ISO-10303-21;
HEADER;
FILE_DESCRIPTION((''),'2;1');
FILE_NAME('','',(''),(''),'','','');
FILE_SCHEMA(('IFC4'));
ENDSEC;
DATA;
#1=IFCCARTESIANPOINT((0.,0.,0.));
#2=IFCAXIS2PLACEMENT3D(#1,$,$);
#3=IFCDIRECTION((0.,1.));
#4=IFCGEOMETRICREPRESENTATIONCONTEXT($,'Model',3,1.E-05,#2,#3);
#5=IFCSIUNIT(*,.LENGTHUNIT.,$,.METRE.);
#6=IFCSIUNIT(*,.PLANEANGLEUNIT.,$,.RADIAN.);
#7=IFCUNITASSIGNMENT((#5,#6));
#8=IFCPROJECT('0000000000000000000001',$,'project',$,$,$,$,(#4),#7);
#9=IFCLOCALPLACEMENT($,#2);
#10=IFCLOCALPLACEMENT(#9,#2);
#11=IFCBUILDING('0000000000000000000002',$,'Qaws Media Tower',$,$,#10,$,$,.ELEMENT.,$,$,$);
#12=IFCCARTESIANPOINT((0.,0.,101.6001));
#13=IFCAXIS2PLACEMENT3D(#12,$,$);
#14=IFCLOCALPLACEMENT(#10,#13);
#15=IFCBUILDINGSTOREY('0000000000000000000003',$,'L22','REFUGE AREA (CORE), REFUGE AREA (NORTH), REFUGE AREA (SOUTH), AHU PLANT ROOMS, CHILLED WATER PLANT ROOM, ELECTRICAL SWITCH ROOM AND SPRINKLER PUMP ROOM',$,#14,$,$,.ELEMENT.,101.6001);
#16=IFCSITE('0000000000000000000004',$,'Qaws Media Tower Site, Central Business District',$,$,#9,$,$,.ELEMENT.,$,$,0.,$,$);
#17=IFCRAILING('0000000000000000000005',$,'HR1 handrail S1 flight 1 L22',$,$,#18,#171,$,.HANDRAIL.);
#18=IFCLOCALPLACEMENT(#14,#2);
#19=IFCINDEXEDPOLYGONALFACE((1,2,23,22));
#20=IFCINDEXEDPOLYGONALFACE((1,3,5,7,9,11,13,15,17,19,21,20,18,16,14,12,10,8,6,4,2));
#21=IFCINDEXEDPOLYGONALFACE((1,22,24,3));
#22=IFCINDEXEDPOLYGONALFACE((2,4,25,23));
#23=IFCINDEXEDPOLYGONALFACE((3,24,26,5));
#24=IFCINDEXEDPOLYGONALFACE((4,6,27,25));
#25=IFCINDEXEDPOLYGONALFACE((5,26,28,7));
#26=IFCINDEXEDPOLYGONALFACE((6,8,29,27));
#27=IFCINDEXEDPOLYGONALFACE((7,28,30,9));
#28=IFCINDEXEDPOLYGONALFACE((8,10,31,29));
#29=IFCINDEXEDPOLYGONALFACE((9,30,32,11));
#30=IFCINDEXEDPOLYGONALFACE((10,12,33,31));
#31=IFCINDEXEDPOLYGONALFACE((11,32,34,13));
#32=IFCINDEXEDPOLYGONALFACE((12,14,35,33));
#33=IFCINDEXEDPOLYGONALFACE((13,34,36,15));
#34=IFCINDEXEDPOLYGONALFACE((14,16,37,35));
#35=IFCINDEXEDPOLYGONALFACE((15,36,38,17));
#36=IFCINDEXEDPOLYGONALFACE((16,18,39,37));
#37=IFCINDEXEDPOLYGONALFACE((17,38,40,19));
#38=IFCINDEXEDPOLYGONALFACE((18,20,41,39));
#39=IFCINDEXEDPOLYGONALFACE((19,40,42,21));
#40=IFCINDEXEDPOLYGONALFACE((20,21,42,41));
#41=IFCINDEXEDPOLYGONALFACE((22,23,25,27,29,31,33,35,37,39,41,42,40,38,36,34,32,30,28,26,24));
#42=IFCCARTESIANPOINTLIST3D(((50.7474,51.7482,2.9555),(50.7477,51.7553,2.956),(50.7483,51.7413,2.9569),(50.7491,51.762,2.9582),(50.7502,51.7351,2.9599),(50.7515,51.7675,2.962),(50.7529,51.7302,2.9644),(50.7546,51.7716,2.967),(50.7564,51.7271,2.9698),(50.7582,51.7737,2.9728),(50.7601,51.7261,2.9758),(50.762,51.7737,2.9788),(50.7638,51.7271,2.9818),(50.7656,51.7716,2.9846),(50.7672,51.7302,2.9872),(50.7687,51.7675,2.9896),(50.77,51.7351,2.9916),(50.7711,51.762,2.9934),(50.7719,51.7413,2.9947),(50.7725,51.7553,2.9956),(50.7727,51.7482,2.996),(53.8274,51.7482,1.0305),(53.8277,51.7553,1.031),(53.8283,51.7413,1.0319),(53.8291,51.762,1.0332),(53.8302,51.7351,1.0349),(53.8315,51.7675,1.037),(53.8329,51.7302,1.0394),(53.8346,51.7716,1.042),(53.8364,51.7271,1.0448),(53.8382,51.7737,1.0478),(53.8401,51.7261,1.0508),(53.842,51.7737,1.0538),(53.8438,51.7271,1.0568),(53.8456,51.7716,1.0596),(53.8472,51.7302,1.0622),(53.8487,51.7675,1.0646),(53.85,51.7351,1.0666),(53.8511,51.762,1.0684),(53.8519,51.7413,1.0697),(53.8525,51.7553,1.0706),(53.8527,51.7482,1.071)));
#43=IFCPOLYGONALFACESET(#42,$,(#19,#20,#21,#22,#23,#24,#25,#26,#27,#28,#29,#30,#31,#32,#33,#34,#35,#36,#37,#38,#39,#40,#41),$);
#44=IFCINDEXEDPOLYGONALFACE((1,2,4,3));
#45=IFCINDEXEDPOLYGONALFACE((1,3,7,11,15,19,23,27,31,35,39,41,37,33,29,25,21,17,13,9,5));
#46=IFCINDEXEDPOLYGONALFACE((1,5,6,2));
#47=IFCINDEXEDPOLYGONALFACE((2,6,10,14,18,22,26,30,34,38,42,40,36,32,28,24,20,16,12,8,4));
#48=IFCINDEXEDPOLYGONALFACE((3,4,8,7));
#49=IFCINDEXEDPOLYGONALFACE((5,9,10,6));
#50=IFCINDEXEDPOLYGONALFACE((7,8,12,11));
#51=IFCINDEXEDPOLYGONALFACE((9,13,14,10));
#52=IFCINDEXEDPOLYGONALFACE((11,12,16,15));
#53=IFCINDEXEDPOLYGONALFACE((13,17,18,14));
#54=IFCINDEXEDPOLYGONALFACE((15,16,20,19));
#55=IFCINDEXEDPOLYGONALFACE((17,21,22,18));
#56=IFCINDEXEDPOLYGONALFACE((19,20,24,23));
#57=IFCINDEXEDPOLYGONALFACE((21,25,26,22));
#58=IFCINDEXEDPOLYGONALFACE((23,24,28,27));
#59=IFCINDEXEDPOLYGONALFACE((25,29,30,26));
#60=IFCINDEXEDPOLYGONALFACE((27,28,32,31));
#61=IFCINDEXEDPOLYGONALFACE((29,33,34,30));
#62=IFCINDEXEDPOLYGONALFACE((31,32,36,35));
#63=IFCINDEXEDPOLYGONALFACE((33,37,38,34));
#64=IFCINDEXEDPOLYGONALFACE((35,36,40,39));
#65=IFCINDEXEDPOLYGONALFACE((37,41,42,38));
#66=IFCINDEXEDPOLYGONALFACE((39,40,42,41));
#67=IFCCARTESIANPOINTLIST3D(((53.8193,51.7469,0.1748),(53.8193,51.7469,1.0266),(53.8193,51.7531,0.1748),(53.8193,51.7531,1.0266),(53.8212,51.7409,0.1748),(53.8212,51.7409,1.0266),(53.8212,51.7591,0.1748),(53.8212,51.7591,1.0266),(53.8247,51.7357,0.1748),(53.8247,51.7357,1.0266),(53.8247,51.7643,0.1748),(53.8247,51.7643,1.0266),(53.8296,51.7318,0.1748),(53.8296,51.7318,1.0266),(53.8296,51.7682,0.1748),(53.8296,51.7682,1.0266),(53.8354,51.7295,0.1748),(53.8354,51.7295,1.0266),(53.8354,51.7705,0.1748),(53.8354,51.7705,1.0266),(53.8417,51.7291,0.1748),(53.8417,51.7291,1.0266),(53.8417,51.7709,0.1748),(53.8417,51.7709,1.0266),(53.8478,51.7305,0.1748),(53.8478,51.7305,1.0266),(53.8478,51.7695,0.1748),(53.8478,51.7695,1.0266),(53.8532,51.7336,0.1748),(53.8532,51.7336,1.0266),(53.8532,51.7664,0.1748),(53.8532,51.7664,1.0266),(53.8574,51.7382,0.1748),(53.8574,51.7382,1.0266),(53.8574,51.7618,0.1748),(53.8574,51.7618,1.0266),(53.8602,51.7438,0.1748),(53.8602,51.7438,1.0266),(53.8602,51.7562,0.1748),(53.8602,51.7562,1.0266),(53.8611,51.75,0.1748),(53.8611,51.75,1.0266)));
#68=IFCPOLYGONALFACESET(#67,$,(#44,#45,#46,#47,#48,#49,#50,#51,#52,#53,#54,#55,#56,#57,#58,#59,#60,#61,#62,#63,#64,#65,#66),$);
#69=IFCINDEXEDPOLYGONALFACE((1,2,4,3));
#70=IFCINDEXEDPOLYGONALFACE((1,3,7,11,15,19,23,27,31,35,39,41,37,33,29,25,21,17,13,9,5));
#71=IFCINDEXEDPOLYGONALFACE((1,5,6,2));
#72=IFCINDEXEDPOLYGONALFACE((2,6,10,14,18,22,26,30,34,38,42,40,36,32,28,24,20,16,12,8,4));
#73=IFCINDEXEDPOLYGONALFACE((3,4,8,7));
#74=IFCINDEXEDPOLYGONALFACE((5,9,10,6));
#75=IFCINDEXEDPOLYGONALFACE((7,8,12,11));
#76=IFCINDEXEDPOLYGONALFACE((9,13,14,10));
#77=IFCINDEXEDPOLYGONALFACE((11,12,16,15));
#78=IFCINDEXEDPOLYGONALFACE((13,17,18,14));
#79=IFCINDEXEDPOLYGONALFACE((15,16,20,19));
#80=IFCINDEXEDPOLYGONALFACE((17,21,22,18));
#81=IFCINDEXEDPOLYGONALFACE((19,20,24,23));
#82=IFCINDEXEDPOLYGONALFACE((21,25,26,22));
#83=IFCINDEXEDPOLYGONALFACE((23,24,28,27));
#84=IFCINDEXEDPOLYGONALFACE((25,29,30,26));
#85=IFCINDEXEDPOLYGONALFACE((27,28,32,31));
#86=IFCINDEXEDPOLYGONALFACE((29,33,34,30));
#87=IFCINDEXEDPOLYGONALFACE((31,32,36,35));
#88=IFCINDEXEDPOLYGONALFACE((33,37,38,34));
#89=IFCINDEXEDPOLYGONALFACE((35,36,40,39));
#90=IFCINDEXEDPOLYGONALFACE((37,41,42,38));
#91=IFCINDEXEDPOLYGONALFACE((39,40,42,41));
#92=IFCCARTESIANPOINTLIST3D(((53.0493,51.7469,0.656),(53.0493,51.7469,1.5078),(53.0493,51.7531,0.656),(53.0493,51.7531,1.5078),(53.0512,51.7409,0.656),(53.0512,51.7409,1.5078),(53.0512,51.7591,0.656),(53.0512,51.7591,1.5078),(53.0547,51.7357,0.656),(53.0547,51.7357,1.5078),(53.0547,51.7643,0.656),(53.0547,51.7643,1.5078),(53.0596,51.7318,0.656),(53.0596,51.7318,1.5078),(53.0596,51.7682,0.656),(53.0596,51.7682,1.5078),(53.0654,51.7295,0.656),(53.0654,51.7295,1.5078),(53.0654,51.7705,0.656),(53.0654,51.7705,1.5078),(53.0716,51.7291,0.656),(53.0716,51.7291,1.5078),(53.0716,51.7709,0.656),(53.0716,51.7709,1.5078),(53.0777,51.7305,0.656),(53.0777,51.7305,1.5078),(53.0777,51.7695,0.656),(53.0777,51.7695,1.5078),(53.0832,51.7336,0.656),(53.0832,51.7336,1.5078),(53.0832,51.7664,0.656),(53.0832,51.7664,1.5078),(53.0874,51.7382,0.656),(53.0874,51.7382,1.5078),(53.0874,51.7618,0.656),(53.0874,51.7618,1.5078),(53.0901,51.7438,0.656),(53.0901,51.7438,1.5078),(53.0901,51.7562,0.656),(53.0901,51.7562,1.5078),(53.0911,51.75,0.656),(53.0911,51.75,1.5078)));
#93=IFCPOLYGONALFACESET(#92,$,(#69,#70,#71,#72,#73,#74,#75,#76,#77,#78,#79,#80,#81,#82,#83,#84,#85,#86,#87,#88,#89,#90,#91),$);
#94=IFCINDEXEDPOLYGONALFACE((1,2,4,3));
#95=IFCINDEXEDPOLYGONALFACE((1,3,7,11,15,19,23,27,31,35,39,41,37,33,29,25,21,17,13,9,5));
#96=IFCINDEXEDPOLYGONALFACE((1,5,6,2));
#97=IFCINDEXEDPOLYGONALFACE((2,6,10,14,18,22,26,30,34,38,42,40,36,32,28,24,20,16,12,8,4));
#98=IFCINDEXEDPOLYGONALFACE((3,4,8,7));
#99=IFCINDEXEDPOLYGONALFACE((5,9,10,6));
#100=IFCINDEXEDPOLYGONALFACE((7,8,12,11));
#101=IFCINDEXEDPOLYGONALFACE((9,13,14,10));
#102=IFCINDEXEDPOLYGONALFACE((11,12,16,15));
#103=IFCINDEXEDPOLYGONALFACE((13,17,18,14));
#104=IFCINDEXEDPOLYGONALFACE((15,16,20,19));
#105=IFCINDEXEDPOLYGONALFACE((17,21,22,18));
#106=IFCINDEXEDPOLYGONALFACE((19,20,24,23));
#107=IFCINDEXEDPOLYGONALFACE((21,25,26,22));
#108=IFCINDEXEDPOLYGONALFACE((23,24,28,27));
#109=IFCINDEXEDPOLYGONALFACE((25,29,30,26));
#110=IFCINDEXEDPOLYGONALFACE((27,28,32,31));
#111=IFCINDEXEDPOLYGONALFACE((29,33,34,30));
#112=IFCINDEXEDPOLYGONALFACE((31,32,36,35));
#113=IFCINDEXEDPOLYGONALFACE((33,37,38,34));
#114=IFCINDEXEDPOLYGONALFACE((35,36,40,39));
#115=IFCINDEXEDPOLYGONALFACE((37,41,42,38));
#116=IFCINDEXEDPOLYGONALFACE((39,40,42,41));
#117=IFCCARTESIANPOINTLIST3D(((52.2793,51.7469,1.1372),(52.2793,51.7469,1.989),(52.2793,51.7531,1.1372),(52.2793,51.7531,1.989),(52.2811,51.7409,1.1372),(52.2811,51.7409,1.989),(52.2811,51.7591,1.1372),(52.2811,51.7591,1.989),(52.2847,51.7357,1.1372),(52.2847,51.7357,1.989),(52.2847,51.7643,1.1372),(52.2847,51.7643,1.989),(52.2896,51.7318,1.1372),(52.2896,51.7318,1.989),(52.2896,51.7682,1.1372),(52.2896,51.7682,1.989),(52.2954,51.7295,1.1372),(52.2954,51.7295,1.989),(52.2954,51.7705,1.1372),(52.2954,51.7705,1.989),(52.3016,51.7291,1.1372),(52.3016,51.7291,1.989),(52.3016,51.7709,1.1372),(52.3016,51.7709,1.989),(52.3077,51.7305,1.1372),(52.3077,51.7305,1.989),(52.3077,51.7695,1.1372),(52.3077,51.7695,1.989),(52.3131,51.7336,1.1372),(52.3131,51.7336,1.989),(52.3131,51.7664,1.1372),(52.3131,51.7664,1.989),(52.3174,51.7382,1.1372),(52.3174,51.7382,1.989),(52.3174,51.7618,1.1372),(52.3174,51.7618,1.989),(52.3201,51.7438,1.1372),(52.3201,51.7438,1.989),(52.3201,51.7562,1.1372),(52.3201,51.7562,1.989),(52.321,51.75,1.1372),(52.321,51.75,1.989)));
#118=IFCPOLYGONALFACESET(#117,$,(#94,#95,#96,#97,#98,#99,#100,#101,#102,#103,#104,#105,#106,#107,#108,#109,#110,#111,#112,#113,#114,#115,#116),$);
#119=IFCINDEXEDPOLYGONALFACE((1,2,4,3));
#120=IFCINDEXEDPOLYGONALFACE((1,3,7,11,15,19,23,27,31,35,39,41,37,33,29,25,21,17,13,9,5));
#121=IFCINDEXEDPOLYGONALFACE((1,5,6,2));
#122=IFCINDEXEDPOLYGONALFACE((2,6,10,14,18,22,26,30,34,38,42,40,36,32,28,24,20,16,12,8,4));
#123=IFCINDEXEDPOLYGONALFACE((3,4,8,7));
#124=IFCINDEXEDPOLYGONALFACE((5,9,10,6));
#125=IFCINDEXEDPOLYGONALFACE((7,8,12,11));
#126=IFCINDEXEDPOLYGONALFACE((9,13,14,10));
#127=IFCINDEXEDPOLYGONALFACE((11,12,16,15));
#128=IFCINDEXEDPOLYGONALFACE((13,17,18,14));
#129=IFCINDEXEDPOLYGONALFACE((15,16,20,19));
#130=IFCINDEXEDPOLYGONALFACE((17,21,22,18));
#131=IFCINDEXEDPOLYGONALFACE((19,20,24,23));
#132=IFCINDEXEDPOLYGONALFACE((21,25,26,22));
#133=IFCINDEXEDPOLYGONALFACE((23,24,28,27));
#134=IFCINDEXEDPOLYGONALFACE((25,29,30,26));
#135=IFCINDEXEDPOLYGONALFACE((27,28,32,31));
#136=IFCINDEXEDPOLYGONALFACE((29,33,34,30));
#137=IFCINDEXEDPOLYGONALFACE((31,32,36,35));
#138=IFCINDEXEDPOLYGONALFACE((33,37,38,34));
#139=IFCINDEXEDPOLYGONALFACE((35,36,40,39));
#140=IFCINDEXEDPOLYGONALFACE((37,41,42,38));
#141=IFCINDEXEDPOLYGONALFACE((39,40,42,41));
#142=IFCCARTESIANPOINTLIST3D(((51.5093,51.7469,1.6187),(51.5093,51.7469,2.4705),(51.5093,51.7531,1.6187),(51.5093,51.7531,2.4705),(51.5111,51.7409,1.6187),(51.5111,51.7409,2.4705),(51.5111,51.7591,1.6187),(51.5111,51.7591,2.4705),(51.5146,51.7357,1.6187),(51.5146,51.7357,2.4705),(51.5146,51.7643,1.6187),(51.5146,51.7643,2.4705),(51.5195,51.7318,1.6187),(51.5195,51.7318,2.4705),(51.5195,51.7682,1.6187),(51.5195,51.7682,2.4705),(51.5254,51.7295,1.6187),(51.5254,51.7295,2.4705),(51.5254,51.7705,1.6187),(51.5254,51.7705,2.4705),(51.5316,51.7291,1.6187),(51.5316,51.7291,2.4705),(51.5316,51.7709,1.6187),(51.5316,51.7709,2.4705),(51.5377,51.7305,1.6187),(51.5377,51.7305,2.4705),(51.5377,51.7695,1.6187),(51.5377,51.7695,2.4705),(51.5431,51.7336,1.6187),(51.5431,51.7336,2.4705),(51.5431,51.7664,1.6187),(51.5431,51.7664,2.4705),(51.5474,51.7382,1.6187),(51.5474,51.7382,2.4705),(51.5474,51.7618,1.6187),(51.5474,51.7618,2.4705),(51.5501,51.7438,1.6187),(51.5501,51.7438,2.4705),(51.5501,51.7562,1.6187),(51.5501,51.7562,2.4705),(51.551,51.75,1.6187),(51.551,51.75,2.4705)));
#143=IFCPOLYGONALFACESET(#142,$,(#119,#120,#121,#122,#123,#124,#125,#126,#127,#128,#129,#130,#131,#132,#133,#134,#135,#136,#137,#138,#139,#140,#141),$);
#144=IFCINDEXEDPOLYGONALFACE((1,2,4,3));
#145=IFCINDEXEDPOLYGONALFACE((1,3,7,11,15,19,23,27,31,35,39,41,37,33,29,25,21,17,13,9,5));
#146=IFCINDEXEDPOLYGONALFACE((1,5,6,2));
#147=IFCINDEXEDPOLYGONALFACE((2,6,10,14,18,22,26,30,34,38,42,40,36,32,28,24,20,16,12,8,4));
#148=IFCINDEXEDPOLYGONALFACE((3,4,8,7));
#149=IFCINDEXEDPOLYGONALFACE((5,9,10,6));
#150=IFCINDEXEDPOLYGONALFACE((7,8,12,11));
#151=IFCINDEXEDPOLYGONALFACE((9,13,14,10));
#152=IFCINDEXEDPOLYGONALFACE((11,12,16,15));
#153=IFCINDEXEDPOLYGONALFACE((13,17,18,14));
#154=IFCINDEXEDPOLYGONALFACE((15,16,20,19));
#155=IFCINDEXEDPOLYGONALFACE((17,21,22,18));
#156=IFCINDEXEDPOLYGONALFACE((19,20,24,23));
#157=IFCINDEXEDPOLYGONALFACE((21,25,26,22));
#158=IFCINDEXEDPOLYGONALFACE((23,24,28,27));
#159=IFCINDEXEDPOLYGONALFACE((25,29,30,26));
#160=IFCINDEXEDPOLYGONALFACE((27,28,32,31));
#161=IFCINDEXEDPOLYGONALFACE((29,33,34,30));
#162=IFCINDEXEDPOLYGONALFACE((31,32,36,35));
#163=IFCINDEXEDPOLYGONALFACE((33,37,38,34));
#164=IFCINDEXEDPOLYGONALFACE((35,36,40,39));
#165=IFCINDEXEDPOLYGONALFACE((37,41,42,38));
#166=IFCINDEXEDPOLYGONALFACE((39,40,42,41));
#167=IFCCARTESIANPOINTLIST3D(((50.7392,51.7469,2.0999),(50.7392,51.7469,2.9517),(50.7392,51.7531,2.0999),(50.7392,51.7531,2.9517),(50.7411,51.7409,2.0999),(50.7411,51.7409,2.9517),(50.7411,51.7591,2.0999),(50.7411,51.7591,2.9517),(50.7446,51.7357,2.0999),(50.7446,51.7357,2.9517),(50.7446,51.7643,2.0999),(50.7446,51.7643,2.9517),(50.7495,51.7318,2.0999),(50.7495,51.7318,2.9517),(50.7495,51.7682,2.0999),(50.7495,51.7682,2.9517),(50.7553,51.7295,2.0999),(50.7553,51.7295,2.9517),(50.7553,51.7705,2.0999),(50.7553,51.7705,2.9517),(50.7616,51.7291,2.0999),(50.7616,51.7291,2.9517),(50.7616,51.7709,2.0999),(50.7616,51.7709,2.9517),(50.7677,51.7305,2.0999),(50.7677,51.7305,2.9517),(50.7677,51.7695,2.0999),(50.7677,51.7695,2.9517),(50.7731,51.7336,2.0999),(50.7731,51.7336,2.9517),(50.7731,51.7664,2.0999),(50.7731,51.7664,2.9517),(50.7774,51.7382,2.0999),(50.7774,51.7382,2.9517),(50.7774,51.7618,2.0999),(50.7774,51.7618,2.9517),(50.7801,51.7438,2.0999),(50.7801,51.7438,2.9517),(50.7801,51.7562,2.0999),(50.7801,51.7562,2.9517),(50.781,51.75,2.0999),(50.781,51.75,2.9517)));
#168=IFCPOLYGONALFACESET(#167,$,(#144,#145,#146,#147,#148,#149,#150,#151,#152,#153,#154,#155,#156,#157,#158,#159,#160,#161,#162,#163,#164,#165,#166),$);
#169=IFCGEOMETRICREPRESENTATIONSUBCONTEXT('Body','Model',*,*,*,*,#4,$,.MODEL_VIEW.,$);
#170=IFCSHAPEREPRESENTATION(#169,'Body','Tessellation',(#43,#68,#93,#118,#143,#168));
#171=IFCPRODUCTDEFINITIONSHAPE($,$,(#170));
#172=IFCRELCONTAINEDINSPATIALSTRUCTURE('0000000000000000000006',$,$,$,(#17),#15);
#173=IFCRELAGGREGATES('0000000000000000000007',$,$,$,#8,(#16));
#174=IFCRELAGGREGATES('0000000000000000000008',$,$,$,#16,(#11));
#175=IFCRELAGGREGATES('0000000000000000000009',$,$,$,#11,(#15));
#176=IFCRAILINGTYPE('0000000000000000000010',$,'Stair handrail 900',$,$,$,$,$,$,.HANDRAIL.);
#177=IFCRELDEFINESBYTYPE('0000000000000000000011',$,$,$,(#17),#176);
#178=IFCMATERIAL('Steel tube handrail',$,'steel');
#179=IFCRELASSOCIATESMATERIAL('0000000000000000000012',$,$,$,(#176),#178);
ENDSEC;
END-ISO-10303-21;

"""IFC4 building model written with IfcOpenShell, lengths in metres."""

from ifc_helpers import new_model, si_unit, direction, frame, origin, origin_2d, place, context, subcontext, project, spatial, circle, extrude, material, type_object, element, save


model = new_model("IFC4")

# Units and contexts
model_context = context("Model", 3, precision=1e-05, world=origin(), true_north=direction((0.0, 1.0)))
body_context = subcontext(model_context, "Body", "Model", "MODEL_VIEW")
ifc_project = project(units=[si_unit("LENGTHUNIT", "METRE"), si_unit("PLANEANGLEUNIT", "RADIAN")], contexts=[model_context])

# Site, building, storey
site_placement = place(None, origin())
site = spatial("IfcSite", under=ifc_project, at=site_placement, Name="Qaws Media Tower Site, Central Business District", CompositionType="ELEMENT", RefElevation=0.0)
building_placement = place(site_placement, origin())
building = spatial("IfcBuilding", under=site, at=building_placement, Name="Qaws Media Tower", CompositionType="ELEMENT")
storey_placement = place(building_placement, frame((0.0, 0.0, 101.6001)))
storey = spatial("IfcBuildingStorey", under=building, at=storey_placement, Name="L22", Description="REFUGE AREA (CORE), REFUGE AREA (NORTH), REFUGE AREA (SOUTH), AHU PLANT ROOMS, CHILLED WATER PLANT ROOM, ELECTRICAL SWITCH ROOM AND SPRINKLER PUMP ROOM", CompositionType="ELEMENT", Elevation=101.6001)

# Railing
ifc_material_1 = material(Name="Steel tube handrail", Category="steel")
railing_type = type_object("IfcRailingType", Name="Stair handrail 900", PredefinedType="HANDRAIL", material=ifc_material_1)
for number, where, name in (
    (1, (53.8401, 51.75, 0.1748), "HR1 handrail S1 flight 1 L22"),
):
    element("IfcRailing", number, at=place(storey_placement, frame(where)), inside=storey, type_object=railing_type, Name=name, PredefinedType="HANDRAIL", context=body_context, shape_type="SweptSolid", body=[
        extrude(circle(Radius=0.0239, at=origin_2d()), frame((0.0, 0.0, 0.876), z_axis=(-0.847998, 0.0, 0.529999), x_axis=(0.0, -1.0, 0.0)), (0.0, 0.0, 1.0), 3.6321),
        extrude(circle(Radius=0.021, at=origin_2d()), origin(), (0.0, 0.0, 1.0), 0.8518),
        extrude(circle(Radius=0.021, at=origin_2d()), frame((-0.77, 0.0, 0.4812)), (0.0, 0.0, 1.0), 0.8518),
        extrude(circle(Radius=0.021, at=origin_2d()), frame((-1.54, 0.0, 0.9624)), (0.0, 0.0, 1.0), 0.8518),
        extrude(circle(Radius=0.021, at=origin_2d()), frame((-2.3101, 0.0, 1.4438)), (0.0, 0.0, 1.0), 0.8518),
        extrude(circle(Radius=0.021, at=origin_2d()), frame((-3.0801, 0.0, 1.925)), (0.0, 0.0, 1.0), 0.8518),
    ])

save(model, "model.ifc")
